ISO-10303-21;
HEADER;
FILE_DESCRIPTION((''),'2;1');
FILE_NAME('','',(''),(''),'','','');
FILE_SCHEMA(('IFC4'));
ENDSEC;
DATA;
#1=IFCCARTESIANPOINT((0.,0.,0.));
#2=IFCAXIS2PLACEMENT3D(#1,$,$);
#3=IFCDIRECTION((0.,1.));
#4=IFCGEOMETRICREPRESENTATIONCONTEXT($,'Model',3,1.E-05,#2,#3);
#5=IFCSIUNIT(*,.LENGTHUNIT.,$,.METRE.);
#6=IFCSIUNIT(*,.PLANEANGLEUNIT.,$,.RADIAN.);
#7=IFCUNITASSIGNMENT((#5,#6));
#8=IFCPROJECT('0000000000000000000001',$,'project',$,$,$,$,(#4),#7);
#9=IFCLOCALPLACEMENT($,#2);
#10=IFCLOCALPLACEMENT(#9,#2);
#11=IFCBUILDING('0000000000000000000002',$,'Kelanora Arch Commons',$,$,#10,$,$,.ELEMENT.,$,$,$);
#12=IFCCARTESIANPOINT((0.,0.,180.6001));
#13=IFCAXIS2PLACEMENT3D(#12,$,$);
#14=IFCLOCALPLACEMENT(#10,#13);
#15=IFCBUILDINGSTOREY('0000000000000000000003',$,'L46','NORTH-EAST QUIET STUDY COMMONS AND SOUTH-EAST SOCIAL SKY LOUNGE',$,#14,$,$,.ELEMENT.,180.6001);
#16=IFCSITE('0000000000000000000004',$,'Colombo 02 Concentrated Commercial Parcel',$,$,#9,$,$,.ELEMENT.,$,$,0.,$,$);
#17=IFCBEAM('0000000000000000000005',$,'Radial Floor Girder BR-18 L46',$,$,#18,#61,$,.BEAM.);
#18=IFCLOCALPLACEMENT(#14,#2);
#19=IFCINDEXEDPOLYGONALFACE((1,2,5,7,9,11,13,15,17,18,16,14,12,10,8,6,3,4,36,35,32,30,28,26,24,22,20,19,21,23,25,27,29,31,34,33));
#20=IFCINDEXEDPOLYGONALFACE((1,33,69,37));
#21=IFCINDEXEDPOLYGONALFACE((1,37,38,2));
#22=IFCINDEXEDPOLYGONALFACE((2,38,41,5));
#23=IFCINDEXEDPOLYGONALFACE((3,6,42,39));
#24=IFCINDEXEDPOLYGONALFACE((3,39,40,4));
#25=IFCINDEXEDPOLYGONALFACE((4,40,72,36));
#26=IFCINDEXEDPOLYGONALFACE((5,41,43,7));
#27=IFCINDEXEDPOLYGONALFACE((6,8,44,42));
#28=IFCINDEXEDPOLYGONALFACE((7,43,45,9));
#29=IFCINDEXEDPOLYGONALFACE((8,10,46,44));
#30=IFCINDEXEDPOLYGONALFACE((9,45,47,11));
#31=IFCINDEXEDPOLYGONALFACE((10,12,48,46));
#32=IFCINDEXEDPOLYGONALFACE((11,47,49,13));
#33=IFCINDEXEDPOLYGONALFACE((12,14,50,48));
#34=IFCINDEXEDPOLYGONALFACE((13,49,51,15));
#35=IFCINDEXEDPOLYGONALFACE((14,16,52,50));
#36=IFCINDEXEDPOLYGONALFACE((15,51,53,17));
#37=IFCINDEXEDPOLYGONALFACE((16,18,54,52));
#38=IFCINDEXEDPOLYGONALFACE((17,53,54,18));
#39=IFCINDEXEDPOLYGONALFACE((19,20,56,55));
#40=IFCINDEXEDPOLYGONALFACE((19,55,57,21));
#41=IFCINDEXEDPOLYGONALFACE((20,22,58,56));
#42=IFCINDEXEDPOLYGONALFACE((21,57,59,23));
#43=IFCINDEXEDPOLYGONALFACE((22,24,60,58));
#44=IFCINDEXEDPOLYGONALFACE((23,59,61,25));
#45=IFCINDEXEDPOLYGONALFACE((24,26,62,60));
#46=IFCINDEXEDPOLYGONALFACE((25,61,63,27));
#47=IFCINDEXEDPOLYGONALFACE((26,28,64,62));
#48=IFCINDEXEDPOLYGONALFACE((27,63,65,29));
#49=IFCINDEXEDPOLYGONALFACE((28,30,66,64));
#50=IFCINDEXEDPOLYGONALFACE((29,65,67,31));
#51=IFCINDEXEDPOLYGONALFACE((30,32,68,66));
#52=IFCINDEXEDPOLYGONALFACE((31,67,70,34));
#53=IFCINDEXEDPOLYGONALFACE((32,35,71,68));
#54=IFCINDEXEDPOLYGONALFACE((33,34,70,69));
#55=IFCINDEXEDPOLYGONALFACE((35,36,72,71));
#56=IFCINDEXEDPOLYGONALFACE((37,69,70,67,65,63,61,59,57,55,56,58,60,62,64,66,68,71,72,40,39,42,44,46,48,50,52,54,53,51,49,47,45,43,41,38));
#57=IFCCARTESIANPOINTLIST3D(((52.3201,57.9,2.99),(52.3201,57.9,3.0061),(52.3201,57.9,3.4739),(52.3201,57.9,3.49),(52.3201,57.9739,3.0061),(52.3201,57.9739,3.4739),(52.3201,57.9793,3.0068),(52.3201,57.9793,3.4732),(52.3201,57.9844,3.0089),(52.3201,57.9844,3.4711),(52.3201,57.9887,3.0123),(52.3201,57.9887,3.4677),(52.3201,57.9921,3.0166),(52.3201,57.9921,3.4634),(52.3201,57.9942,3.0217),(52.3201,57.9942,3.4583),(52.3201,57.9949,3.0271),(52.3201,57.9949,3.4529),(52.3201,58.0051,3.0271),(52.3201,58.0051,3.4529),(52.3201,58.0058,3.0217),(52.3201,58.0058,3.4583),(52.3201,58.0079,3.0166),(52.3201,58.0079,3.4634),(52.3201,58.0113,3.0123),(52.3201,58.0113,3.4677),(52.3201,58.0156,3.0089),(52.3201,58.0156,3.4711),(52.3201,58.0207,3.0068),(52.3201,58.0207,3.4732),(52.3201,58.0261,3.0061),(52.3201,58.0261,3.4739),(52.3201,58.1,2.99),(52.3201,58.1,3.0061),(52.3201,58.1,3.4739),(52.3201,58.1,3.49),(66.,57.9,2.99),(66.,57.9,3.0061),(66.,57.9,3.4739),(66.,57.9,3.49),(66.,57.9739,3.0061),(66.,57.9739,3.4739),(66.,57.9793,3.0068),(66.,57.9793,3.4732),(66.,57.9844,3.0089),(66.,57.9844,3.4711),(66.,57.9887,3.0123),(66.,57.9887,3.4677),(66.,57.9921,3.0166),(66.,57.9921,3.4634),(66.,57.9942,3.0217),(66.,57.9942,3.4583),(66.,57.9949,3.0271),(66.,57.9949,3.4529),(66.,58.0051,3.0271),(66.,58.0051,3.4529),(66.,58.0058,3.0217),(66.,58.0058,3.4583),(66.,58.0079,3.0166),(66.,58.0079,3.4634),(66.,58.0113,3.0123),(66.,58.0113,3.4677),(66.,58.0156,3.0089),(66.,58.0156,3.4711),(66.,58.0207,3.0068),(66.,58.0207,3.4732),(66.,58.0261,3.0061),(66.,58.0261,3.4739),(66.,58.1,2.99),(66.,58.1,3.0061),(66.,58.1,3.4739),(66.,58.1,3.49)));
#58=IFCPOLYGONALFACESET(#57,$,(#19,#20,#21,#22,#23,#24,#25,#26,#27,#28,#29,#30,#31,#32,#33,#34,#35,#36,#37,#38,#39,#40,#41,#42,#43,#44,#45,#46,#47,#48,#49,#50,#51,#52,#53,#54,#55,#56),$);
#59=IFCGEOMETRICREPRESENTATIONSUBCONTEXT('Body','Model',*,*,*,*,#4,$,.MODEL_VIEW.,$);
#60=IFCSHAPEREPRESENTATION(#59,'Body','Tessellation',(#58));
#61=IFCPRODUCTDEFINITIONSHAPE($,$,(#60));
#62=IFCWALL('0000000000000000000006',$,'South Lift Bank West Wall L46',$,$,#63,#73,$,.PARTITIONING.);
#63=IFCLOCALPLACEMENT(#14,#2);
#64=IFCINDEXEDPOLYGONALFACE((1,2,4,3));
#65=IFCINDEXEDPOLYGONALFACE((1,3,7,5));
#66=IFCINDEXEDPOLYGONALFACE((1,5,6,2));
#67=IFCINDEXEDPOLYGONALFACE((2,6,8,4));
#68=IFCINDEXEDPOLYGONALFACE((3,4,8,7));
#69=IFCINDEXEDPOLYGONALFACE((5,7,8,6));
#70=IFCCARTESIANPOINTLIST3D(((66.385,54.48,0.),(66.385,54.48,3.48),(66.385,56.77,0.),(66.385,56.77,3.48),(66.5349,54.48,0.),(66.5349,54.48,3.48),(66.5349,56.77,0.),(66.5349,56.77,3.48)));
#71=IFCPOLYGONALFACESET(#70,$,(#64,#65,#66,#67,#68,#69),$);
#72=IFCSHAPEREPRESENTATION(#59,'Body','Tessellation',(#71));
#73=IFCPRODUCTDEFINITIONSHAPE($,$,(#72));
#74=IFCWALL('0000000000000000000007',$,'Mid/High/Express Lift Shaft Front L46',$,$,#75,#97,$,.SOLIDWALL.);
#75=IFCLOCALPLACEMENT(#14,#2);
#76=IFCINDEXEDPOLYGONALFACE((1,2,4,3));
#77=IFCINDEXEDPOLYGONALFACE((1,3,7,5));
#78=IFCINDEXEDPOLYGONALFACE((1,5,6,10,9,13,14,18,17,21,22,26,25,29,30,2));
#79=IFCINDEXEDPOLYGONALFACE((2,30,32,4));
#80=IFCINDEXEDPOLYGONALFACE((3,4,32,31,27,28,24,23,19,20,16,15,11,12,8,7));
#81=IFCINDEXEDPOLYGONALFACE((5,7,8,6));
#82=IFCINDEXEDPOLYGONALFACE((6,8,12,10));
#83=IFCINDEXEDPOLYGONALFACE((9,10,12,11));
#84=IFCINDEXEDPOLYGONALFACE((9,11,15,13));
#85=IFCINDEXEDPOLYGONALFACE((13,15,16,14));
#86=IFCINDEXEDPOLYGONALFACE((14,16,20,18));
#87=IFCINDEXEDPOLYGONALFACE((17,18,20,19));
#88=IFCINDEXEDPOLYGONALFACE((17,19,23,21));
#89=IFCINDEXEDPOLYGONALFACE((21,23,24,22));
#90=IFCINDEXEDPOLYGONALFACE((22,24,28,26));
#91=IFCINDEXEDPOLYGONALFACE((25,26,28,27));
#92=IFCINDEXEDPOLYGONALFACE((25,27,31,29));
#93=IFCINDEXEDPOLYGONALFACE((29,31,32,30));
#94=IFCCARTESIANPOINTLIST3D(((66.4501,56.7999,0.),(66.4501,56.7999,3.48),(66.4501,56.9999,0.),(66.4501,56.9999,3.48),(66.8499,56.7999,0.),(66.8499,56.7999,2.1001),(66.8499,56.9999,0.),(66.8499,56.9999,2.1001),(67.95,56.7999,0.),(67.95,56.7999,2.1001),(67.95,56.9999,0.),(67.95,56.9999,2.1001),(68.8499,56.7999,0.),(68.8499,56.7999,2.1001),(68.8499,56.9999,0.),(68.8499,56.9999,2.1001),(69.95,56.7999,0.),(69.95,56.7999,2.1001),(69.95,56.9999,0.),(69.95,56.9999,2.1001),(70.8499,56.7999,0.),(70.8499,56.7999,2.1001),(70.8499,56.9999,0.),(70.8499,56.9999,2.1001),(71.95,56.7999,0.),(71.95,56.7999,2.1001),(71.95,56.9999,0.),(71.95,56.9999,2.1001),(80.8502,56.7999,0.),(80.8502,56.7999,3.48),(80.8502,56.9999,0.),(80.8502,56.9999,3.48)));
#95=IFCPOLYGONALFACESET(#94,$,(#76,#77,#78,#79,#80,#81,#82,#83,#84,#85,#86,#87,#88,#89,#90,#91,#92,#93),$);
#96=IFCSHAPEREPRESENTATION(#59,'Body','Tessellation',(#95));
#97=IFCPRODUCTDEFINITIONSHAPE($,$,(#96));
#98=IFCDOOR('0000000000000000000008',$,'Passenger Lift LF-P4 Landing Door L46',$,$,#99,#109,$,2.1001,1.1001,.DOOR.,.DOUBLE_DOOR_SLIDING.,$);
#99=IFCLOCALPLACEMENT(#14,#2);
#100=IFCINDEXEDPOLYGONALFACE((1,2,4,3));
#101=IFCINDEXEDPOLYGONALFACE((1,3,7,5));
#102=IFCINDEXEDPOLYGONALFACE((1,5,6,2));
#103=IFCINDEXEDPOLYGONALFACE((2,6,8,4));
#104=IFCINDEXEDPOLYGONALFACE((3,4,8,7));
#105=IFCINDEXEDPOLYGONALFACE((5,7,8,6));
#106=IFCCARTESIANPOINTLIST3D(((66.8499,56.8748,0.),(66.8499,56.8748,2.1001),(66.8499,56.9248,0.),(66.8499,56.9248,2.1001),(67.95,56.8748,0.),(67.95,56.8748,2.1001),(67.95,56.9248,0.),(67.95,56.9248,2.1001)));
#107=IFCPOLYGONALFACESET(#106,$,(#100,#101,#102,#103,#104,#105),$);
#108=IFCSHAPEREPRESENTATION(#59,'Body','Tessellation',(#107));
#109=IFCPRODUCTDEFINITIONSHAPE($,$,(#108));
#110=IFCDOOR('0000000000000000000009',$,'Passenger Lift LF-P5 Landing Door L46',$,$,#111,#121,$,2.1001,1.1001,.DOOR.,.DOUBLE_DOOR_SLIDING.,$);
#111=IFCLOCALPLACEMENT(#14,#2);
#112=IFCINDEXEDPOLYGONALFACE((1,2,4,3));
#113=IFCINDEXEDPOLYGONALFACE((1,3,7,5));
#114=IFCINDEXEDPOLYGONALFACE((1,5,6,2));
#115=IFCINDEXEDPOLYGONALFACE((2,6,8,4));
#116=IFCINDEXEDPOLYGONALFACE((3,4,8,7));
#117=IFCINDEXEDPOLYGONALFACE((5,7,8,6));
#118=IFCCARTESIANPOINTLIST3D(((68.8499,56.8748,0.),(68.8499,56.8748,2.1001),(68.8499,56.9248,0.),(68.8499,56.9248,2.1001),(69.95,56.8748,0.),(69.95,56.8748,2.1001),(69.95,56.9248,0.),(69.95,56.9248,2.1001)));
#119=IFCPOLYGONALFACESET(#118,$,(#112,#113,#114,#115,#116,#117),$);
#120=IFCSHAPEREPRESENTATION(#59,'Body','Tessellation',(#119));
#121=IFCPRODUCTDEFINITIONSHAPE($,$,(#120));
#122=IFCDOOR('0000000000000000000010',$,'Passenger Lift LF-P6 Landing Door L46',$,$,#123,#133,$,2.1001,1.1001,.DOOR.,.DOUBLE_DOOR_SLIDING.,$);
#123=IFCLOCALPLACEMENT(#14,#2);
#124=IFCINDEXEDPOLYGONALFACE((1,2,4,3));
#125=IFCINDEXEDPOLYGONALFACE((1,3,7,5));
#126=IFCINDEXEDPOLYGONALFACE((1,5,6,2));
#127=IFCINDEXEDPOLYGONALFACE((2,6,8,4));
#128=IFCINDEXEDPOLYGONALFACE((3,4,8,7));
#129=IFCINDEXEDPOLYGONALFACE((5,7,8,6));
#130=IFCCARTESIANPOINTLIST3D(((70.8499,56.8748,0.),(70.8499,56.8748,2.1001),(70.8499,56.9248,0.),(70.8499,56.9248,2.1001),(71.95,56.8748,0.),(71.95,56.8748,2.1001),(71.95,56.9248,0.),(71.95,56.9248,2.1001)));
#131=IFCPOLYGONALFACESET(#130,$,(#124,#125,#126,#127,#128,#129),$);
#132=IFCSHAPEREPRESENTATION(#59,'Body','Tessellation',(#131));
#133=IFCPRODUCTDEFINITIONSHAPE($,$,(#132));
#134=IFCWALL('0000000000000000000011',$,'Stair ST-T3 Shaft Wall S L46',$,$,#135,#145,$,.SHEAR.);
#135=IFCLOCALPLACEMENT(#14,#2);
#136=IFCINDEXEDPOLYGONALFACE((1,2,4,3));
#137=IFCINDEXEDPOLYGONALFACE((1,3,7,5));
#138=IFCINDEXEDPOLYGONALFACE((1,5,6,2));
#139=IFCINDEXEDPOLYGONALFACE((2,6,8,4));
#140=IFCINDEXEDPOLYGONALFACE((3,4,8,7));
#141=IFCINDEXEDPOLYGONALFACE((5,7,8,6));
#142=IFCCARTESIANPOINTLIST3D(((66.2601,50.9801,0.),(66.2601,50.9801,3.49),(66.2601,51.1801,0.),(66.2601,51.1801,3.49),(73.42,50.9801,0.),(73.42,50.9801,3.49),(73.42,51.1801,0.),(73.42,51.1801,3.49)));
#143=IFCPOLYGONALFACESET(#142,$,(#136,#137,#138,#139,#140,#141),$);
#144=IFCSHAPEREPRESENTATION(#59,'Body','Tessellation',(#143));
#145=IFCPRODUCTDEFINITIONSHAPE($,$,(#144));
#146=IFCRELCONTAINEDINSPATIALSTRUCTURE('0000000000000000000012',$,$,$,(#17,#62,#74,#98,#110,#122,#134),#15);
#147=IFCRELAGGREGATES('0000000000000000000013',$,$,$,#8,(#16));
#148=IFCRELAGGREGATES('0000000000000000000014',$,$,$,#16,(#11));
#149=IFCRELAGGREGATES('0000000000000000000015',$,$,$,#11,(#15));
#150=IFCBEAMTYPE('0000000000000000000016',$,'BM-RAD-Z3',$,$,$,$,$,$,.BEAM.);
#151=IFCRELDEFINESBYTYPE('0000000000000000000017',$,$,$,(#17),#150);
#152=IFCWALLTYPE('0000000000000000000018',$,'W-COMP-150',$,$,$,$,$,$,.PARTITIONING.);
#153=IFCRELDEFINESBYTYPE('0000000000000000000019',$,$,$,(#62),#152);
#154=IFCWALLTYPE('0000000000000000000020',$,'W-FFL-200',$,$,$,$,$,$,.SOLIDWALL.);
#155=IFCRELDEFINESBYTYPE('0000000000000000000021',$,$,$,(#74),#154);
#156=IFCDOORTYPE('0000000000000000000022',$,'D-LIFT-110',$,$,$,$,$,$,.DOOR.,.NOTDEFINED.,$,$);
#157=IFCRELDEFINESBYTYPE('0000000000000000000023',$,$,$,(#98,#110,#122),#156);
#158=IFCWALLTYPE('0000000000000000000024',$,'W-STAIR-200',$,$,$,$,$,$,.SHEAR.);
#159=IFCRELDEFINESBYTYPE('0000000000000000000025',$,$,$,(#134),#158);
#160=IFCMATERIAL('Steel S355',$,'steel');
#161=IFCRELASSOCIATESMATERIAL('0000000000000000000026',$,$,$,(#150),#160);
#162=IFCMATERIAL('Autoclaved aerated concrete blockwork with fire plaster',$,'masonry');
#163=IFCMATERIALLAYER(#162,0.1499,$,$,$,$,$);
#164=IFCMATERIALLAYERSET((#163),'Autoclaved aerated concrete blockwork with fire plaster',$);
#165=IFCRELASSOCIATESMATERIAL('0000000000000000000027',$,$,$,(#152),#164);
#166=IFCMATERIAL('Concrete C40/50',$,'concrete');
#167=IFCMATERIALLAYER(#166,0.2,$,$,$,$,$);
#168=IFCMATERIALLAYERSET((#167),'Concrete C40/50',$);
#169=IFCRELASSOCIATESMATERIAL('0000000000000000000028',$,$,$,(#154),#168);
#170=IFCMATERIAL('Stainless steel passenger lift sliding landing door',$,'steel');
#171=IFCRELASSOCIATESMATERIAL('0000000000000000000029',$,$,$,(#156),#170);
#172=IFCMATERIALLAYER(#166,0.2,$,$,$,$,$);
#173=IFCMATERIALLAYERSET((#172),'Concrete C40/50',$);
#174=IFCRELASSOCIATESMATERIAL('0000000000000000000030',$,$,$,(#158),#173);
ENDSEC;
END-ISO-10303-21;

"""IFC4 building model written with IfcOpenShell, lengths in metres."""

from ifc_helpers import new_model, si_unit, direction, frame, frame_2d, origin, origin_2d, place, context, subcontext, project, spatial, rectangle, i_section, extrude, material, layer, layer_set, material_profile, profile_set, type_object, element, fill, save


model = new_model("IFC4")

# Units and contexts
model_context = context("Model", 3, precision=1e-05, world=origin(), true_north=direction((0.0, 1.0)))
body_context = subcontext(model_context, "Body", "Model", "MODEL_VIEW")
ifc_project = project(units=[si_unit("LENGTHUNIT", "METRE"), si_unit("PLANEANGLEUNIT", "RADIAN")], contexts=[model_context])

# Site, building, storey
site_placement = place(None, origin())
site = spatial("IfcSite", under=ifc_project, at=site_placement, Name="Colombo 02 Concentrated Commercial Parcel", CompositionType="ELEMENT", RefElevation=0.0)
building_placement = place(site_placement, origin())
building = spatial("IfcBuilding", under=site, at=building_placement, Name="Kelanora Arch Commons", CompositionType="ELEMENT")
storey_placement = place(building_placement, frame((0.0, 0.0, 180.6001)))
storey = spatial("IfcBuildingStorey", under=building, at=storey_placement, Name="L46", Description="NORTH-EAST QUIET STUDY COMMONS AND SOUTH-EAST SOCIAL SKY LOUNGE", CompositionType="ELEMENT", Elevation=180.6001)

# Beam
ifc_material_1 = material(Name="Steel S355", Category="steel")
ifc_material_profile = material_profile(ifc_material_1, i_section(OverallWidth=0.2, OverallDepth=0.5, WebThickness=0.0103, FlangeThickness=0.0161, FilletRadius=0.021, at=origin_2d()), Name="IPE500")
ifc_profile_set = profile_set([ifc_material_profile], Name="Steel S355")
beam_type = type_object("IfcBeamType", Name="BM-RAD-Z3", PredefinedType="BEAM", material=ifc_profile_set)
beam_placement = place(storey_placement, frame((66.0, 58.0, 3.24), z_axis=(-1.0, 0.0, 0.0), x_axis=(0.0, -1.0, 0.0)))
element("IfcBeam", 1, at=beam_placement, inside=storey, type_object=beam_type, Name="Radial Floor Girder BR-18 L46", PredefinedType="BEAM", context=body_context, shape_type="SweptSolid", body=[
    extrude(i_section(OverallWidth=0.2, OverallDepth=0.5, WebThickness=0.0103, FlangeThickness=0.0161, FilletRadius=0.021, at=origin_2d()), origin(), (0.0, 0.0, 1.0), 13.6799),
])

# Wall
ifc_material_2 = material(Name="Autoclaved aerated concrete blockwork with fire plaster", Category="masonry")
ifc_layer_1 = layer(ifc_material_2, 0.1499)
ifc_layer_set_1 = layer_set([ifc_layer_1], Name="Autoclaved aerated concrete blockwork with fire plaster")
wall_type_1 = type_object("IfcWallType", Name="W-COMP-150", PredefinedType="PARTITIONING", material=ifc_layer_set_1)
wall_1_placement = place(storey_placement, frame((66.46, 54.48, 0.0), z_axis=(0.0, 0.0, 1.0), x_axis=(0.0, 1.0, 0.0)))
element("IfcWall", 2, at=wall_1_placement, inside=storey, type_object=wall_type_1, Name="South Lift Bank West Wall L46", PredefinedType="PARTITIONING", context=body_context, shape_type="SweptSolid", body=[
    extrude(rectangle(XDim=2.29, YDim=0.1499, at=frame_2d((1.145, 0.0))), origin(), (0.0, 0.0, 1.0), 3.48),
])

# Wall, openings, doors
ifc_material_3 = material(Name="Concrete C40/50", Category="concrete")
ifc_layer_2 = layer(ifc_material_3, 0.2)
ifc_layer_set_2 = layer_set([ifc_layer_2], Name="Concrete C40/50")
wall_type_2 = type_object("IfcWallType", Name="W-FFL-200", PredefinedType="SOLIDWALL", material=ifc_layer_set_2)
wall_2_placement = place(storey_placement, frame((66.45, 56.8999, 0.0), z_axis=(0.0, 0.0, 1.0), x_axis=(1.0, 0.0, 0.0)))
wall_2 = element("IfcWall", 3, at=wall_2_placement, inside=storey, type_object=wall_type_2, Name="Mid/High/Express Lift Shaft Front L46", PredefinedType="SOLIDWALL", context=body_context, shape_type="SweptSolid", body=[
    extrude(rectangle(XDim=14.4001, YDim=0.2, at=frame_2d((7.2002, 0.0))), origin(), (0.0, 0.0, 1.0), 3.48),
])
opening_1_placement = place(wall_2_placement, frame((0.3999, 0.0, 0.0)))
opening_1 = element("IfcOpeningElement", 4, at=opening_1_placement, cuts=wall_2, PredefinedType="OPENING", context=body_context, shape_type="SweptSolid", body=[
    extrude(rectangle(XDim=1.1001, YDim=2.1001, at=frame_2d((0.55, 1.05))), frame((0.0, 0.1099, 0.0), z_axis=(0.0, -1.0, 0.0), x_axis=(1.0, 0.0, 0.0)), (0.0, 0.0, 1.0), 0.22),
])
opening_2_placement = place(wall_2_placement, frame((2.3999, 0.0, 0.0)))
opening_2 = element("IfcOpeningElement", 5, at=opening_2_placement, cuts=wall_2, PredefinedType="OPENING", context=body_context, shape_type="SweptSolid", body=[
    extrude(rectangle(XDim=1.1001, YDim=2.1001, at=frame_2d((0.55, 1.05))), frame((0.0, 0.1099, 0.0), z_axis=(0.0, -1.0, 0.0), x_axis=(1.0, 0.0, 0.0)), (0.0, 0.0, 1.0), 0.22),
])
opening_3_placement = place(wall_2_placement, frame((4.3999, 0.0, 0.0)))
opening_3 = element("IfcOpeningElement", 6, at=opening_3_placement, cuts=wall_2, PredefinedType="OPENING", context=body_context, shape_type="SweptSolid", body=[
    extrude(rectangle(XDim=1.1001, YDim=2.1001, at=frame_2d((0.55, 1.05))), frame((0.0, 0.1099, 0.0), z_axis=(0.0, -1.0, 0.0), x_axis=(1.0, 0.0, 0.0)), (0.0, 0.0, 1.0), 0.22),
])
ifc_material_4 = material(Name="Stainless steel passenger lift sliding landing door", Category="steel")
door_type_1 = type_object("IfcDoorType", Name="D-LIFT-110", OperationType="NOTDEFINED", PredefinedType="DOOR", material=ifc_material_4)
door_1_placement = place(opening_1_placement, origin())
door_1 = element("IfcDoor", 7, at=door_1_placement, inside=storey, type_object=door_type_1, Name="Passenger Lift LF-P4 Landing Door L46", OperationType="DOUBLE_DOOR_SLIDING", OverallHeight=2.1001, OverallWidth=1.1001, PredefinedType="DOOR", context=body_context, shape_type="SweptSolid", body=[
    extrude(rectangle(XDim=1.1001, YDim=2.1001, at=frame_2d((0.55, 1.05))), frame((0.0, 0.0249, 0.0), z_axis=(0.0, -1.0, 0.0), x_axis=(1.0, 0.0, 0.0)), (0.0, 0.0, 1.0), 0.05),
])
fill(opening_1, door_1)
door_2_placement = place(opening_2_placement, origin())
door_2 = element("IfcDoor", 8, at=door_2_placement, inside=storey, type_object=door_type_1, Name="Passenger Lift LF-P5 Landing Door L46", OperationType="DOUBLE_DOOR_SLIDING", OverallHeight=2.1001, OverallWidth=1.1001, PredefinedType="DOOR", context=body_context, shape_type="SweptSolid", body=[
    extrude(rectangle(XDim=1.1001, YDim=2.1001, at=frame_2d((0.55, 1.05))), frame((0.0, 0.0249, 0.0), z_axis=(0.0, -1.0, 0.0), x_axis=(1.0, 0.0, 0.0)), (0.0, 0.0, 1.0), 0.05),
])
fill(opening_2, door_2)
door_3_placement = place(opening_3_placement, origin())
door_3 = element("IfcDoor", 9, at=door_3_placement, inside=storey, type_object=door_type_1, Name="Passenger Lift LF-P6 Landing Door L46", OperationType="DOUBLE_DOOR_SLIDING", OverallHeight=2.1001, OverallWidth=1.1001, PredefinedType="DOOR", context=body_context, shape_type="SweptSolid", body=[
    extrude(rectangle(XDim=1.1001, YDim=2.1001, at=frame_2d((0.55, 1.05))), frame((0.0, 0.0249, 0.0), z_axis=(0.0, -1.0, 0.0), x_axis=(1.0, 0.0, 0.0)), (0.0, 0.0, 1.0), 0.05),
])
fill(opening_3, door_3)

# Wall
ifc_layer_3 = layer(ifc_material_3, 0.2)
ifc_layer_set_3 = layer_set([ifc_layer_3], Name="Concrete C40/50")
wall_type_3 = type_object("IfcWallType", Name="W-STAIR-200", PredefinedType="SHEAR", material=ifc_layer_set_3)
wall_3_placement = place(storey_placement, frame((66.26, 51.0801, 0.0), z_axis=(0.0, 0.0, 1.0), x_axis=(1.0, 0.0, 0.0)))
element("IfcWall", 10, at=wall_3_placement, inside=storey, type_object=wall_type_3, Name="Stair ST-T3 Shaft Wall S L46", PredefinedType="SHEAR", context=body_context, shape_type="SweptSolid", body=[
    extrude(rectangle(XDim=7.1599, YDim=0.2, at=frame_2d((3.5801, 0.0))), origin(), (0.0, 0.0, 1.0), 3.49),
])

save(model, "model.ifc")
